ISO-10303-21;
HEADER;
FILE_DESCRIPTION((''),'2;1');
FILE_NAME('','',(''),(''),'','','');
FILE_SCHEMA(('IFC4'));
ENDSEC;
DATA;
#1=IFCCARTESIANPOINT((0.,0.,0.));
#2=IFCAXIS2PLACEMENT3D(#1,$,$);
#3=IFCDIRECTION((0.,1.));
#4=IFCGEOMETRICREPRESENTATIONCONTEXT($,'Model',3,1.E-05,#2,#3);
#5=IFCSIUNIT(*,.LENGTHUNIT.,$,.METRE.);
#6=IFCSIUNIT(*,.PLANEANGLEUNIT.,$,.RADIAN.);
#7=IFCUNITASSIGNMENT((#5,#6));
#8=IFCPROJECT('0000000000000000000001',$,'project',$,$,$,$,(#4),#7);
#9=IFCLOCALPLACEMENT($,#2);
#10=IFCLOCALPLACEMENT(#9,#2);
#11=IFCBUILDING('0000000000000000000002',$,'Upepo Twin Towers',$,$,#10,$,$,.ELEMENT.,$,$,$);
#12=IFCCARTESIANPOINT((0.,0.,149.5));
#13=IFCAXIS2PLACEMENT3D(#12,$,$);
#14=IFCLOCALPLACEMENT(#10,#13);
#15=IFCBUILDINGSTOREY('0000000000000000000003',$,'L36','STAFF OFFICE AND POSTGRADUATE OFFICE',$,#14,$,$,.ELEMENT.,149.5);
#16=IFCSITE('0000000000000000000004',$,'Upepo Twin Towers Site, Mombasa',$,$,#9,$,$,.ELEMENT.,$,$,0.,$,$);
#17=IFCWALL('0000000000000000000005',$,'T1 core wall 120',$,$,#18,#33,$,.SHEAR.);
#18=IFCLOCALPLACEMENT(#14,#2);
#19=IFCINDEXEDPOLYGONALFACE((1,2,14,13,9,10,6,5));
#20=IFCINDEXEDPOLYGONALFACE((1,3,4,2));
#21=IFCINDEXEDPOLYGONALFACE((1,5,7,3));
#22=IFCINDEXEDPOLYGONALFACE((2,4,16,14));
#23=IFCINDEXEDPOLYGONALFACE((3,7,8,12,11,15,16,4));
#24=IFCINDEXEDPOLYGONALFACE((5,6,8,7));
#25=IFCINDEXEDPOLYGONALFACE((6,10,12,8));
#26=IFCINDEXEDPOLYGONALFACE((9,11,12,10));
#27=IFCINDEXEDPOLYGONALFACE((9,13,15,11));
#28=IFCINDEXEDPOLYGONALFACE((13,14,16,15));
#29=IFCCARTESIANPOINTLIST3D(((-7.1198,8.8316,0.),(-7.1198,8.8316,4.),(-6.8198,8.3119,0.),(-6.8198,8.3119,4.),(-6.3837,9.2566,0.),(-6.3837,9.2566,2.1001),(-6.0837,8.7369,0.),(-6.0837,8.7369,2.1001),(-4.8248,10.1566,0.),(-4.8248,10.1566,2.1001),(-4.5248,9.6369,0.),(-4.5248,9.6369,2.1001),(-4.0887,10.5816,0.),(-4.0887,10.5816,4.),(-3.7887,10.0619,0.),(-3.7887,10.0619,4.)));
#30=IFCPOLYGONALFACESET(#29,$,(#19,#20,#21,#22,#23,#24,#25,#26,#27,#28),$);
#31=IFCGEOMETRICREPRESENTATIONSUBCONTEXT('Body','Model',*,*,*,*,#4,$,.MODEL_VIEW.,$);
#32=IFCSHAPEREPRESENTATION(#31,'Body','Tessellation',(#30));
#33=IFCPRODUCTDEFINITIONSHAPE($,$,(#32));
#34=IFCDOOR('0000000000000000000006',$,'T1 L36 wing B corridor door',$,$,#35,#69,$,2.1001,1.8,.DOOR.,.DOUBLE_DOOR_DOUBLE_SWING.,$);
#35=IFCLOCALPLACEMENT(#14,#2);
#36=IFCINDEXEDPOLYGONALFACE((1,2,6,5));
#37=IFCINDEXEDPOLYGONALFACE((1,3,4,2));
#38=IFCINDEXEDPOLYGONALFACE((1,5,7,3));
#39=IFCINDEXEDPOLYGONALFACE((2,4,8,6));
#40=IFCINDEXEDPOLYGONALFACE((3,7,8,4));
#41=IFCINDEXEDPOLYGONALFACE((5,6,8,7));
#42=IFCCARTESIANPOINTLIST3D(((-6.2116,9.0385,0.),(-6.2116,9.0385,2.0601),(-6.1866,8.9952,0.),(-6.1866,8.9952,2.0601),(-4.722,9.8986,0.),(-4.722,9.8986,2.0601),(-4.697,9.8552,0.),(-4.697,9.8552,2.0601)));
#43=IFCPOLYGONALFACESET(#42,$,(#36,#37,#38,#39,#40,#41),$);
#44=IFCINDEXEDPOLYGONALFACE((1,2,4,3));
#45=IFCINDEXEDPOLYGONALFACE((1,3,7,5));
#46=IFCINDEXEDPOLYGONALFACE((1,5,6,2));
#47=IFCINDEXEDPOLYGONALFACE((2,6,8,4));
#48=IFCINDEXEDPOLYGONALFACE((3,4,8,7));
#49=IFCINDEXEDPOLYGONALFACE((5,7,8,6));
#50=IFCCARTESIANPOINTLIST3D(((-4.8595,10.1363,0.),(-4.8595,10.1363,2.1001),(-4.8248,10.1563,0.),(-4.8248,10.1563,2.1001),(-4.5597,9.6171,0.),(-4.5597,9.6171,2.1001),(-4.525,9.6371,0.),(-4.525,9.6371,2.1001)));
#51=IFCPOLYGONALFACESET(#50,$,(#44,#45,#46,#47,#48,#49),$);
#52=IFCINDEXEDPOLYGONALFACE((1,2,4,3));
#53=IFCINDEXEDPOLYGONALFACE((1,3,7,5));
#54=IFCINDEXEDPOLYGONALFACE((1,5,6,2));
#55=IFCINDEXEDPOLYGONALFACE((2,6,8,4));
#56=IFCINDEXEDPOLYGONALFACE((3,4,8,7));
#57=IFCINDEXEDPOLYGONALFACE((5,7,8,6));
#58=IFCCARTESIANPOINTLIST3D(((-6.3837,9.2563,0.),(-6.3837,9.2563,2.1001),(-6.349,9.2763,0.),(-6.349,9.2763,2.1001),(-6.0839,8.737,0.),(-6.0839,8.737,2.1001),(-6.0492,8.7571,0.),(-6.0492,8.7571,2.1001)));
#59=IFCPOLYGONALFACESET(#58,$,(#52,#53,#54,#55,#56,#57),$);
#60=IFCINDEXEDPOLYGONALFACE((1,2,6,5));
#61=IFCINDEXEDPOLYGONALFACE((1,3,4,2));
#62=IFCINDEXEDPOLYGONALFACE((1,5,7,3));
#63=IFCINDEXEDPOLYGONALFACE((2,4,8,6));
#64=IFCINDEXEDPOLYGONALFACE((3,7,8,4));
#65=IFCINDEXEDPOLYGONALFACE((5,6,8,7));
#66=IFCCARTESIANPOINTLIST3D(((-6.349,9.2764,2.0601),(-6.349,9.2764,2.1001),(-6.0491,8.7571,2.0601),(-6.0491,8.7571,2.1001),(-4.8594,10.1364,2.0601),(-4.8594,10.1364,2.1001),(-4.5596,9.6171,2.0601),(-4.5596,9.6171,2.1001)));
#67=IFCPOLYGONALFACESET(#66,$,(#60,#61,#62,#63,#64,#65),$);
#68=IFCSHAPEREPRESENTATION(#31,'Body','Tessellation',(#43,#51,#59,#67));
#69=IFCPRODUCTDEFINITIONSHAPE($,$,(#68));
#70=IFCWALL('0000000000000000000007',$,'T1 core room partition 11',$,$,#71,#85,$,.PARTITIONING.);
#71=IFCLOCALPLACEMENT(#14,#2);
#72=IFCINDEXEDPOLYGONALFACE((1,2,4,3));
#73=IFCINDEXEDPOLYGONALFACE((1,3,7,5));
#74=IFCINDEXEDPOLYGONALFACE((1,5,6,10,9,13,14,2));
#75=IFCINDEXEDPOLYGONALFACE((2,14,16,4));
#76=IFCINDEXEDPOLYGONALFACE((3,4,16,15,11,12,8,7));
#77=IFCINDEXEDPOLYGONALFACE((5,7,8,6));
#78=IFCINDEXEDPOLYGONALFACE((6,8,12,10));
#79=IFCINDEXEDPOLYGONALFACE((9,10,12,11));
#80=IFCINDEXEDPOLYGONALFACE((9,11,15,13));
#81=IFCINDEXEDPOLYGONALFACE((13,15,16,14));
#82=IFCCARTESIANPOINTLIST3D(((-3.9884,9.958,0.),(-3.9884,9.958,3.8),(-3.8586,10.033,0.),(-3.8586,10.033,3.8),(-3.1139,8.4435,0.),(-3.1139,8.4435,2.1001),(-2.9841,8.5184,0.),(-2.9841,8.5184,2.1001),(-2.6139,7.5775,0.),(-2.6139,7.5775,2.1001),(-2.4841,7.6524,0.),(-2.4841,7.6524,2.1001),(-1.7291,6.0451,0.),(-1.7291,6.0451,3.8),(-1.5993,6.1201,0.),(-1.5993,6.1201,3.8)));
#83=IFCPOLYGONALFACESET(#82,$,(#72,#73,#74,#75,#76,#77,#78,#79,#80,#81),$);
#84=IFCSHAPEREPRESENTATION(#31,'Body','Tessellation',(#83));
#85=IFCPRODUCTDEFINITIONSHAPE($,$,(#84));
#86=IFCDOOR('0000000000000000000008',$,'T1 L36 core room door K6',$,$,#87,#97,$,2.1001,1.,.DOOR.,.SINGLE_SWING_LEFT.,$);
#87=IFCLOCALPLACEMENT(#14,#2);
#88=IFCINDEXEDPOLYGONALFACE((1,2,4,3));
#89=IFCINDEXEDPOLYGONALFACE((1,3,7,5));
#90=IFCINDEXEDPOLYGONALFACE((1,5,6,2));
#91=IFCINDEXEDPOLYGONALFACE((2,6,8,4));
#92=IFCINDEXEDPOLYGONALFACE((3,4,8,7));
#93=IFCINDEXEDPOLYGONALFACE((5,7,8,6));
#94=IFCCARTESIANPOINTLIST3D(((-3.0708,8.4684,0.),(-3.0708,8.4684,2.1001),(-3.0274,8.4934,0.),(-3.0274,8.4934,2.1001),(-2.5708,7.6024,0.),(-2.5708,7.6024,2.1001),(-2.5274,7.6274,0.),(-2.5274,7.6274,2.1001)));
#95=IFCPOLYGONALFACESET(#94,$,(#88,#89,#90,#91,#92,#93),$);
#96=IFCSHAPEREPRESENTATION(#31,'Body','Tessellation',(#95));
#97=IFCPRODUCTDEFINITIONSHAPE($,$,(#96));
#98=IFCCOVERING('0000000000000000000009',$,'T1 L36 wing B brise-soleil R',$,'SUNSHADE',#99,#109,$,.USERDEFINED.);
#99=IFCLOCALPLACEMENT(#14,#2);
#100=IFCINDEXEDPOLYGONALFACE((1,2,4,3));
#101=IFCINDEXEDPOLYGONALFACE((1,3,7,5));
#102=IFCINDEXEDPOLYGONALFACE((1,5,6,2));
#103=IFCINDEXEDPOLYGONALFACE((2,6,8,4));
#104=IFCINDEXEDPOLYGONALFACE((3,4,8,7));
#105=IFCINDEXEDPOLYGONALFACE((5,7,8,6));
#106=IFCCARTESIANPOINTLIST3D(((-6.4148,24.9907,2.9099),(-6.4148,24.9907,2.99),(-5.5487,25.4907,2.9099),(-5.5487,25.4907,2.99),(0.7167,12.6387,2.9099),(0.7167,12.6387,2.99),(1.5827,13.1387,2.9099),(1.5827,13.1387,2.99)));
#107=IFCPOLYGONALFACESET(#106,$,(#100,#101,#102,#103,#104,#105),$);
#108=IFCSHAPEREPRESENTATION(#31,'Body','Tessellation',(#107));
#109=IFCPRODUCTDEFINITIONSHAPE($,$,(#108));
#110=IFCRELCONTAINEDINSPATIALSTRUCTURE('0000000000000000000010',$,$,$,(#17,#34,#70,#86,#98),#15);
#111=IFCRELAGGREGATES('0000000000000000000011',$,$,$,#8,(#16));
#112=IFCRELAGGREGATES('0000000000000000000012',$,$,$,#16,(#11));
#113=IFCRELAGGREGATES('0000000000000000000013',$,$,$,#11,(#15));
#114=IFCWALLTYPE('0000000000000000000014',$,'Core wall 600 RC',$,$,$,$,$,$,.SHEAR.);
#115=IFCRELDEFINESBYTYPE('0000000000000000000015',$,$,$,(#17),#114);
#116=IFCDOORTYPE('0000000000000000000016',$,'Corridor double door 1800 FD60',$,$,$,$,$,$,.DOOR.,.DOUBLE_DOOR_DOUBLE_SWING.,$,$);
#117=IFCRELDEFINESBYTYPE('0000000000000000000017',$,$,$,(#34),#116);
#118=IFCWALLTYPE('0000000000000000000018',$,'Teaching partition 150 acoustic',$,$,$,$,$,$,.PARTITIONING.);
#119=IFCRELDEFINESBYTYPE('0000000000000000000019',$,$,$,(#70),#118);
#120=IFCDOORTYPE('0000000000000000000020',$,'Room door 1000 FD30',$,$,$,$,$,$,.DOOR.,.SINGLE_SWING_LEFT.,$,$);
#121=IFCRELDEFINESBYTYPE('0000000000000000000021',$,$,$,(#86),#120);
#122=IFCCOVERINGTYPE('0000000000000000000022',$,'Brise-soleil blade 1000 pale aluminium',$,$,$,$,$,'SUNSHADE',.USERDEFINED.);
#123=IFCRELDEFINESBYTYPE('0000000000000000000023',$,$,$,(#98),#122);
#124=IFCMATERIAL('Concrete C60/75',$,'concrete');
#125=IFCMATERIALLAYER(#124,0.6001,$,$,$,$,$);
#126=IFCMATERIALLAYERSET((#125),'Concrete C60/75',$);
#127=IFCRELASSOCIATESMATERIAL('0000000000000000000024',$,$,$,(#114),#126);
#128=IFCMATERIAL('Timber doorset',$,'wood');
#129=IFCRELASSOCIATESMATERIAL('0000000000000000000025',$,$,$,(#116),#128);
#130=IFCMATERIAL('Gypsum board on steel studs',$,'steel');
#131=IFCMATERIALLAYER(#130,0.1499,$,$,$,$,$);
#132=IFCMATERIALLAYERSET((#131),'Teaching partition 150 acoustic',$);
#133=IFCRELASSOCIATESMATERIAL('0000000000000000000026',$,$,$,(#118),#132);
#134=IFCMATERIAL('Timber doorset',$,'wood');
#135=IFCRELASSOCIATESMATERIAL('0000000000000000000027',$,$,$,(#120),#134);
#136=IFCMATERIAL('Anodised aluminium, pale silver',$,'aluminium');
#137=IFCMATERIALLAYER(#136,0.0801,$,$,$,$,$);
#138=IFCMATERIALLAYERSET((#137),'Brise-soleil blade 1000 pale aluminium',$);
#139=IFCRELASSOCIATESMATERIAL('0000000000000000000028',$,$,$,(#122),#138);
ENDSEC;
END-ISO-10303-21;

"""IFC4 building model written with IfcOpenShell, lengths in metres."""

from ifc_helpers import new_model, si_unit, direction, frame, frame_2d, origin, origin_2d, place, context, subcontext, project, spatial, rectangle, extrude, material, layer, layer_set, type_object, element, fill, save


model = new_model("IFC4")

# Units and contexts
model_context = context("Model", 3, precision=1e-05, world=origin(), true_north=direction((0.0, 1.0)))
body_context = subcontext(model_context, "Body", "Model", "MODEL_VIEW")
ifc_project = project(units=[si_unit("LENGTHUNIT", "METRE"), si_unit("PLANEANGLEUNIT", "RADIAN")], contexts=[model_context])

# Site, building, storey
site_placement = place(None, origin())
site = spatial("IfcSite", under=ifc_project, at=site_placement, Name="Upepo Twin Towers Site, Mombasa", CompositionType="ELEMENT", RefElevation=0.0)
building_placement = place(site_placement, origin())
building = spatial("IfcBuilding", under=site, at=building_placement, Name="Upepo Twin Towers", CompositionType="ELEMENT")
storey_placement = place(building_placement, frame((0.0, 0.0, 149.5)))
storey = spatial("IfcBuildingStorey", under=building, at=storey_placement, Name="L36", Description="STAFF OFFICE AND POSTGRADUATE OFFICE", CompositionType="ELEMENT", Elevation=149.5)

# Shared definitions
ifc_material_1 = material(Name="Concrete C60/75", Category="concrete")
ifc_layer_1 = layer(ifc_material_1, 0.6001)
ifc_layer_set_1 = layer_set([ifc_layer_1], Name="Concrete C60/75")
wall_type_1 = type_object("IfcWallType", Name="Core wall 600 RC", PredefinedType="SHEAR", material=ifc_layer_set_1)

# Walls, openings, doors
wall_1_placement = place(storey_placement, frame((-3.9387, 10.3218, 0.0), z_axis=(0.0, 0.0, 1.0), x_axis=(-0.866019, -0.50001, 0.0)))
wall_1 = element("IfcWall", 1, at=wall_1_placement, inside=storey, type_object=wall_type_1, Name="T1 core wall 120", PredefinedType="SHEAR", context=body_context, shape_type="SweptSolid", body=[
    extrude(rectangle(XDim=3.5, YDim=0.6001, at=frame_2d((1.75, 0.0))), origin(), (0.0, 0.0, 1.0), 4.0),
])
opening_1_placement = place(wall_1_placement, frame((0.8501, 0.0, 0.0)))
opening_1 = element("IfcOpeningElement", 2, at=opening_1_placement, cuts=wall_1, PredefinedType="OPENING", context=body_context, shape_type="SweptSolid", body=[
    extrude(rectangle(XDim=1.8, YDim=2.1001, at=frame_2d((0.8999, 1.05))), frame((0.0, 0.3101, 0.0), z_axis=(0.0, -1.0, 0.0), x_axis=(1.0, 0.0, 0.0)), (0.0, 0.0, 1.0), 0.6201),
])
ifc_material_2 = material(Name="Timber doorset", Category="wood")
door_type_1 = type_object("IfcDoorType", Name="Corridor double door 1800 FD60", OperationType="DOUBLE_DOOR_DOUBLE_SWING", PredefinedType="DOOR", material=ifc_material_2)
door_1_placement = place(opening_1_placement, origin())
door_1 = element("IfcDoor", 3, at=door_1_placement, inside=storey, type_object=door_type_1, Name="T1 L36 wing B corridor door", OperationType="DOUBLE_DOOR_DOUBLE_SWING", OverallHeight=2.1001, OverallWidth=1.8, PredefinedType="DOOR", context=body_context, shape_type="SweptSolid", body=[
    extrude(rectangle(XDim=1.72, YDim=2.0601, at=frame_2d((0.8999, 1.03))), frame((0.0, 0.0249, 0.0), z_axis=(0.0, -1.0, 0.0), x_axis=(1.0, 0.0, 0.0)), (0.0, 0.0, 1.0), 0.05),
    extrude(rectangle(XDim=0.04, YDim=2.1001, at=frame_2d((0.02, 1.05))), frame((0.0, 0.2998, 0.0), z_axis=(0.0, -1.0, 0.0), x_axis=(1.0, 0.0, 0.0)), (0.0, 0.0, 1.0), 0.5996),
    extrude(rectangle(XDim=0.04, YDim=2.1001, at=frame_2d((1.78, 1.05))), frame((0.0, 0.2998, 0.0), z_axis=(0.0, -1.0, 0.0), x_axis=(1.0, 0.0, 0.0)), (0.0, 0.0, 1.0), 0.5996),
    extrude(rectangle(XDim=1.72, YDim=0.04, at=frame_2d((0.8999, 2.0801))), frame((0.0, 0.2998, 0.0), z_axis=(0.0, -1.0, 0.0), x_axis=(1.0, 0.0, 0.0)), (0.0, 0.0, 1.0), 0.5996),
])
fill(opening_1, door_1)
ifc_material_3 = material(Name="Gypsum board on steel studs", Category="steel")
ifc_layer_2 = layer(ifc_material_3, 0.1499)
ifc_layer_set_2 = layer_set([ifc_layer_2], Name="Teaching partition 150 acoustic")
wall_type_2 = type_object("IfcWallType", Name="Teaching partition 150 acoustic", PredefinedType="PARTITIONING", material=ifc_layer_set_2)
wall_2_placement = place(storey_placement, frame((-3.9236, 9.9956, 0.0), z_axis=(0.0, 0.0, 1.0), x_axis=(0.500033, -0.866007, 0.0)))
wall_2 = element("IfcWall", 4, at=wall_2_placement, inside=storey, type_object=wall_type_2, Name="T1 core room partition 11", PredefinedType="PARTITIONING", context=body_context, shape_type="SweptSolid", body=[
    extrude(rectangle(XDim=4.5183, YDim=0.1499, at=frame_2d((2.2593, 0.0))), origin(), (0.0, 0.0, 1.0), 3.8),
])
opening_2_placement = place(wall_2_placement, frame((1.749, 0.0, 0.0)))
opening_2 = element("IfcOpeningElement", 5, at=opening_2_placement, cuts=wall_2, PredefinedType="OPENING", context=body_context, shape_type="SweptSolid", body=[
    extrude(rectangle(XDim=1.0, YDim=2.1001, at=frame_2d((0.5, 1.05))), frame((0.0, 0.085, 0.0), z_axis=(0.0, -1.0, 0.0), x_axis=(1.0, 0.0, 0.0)), (0.0, 0.0, 1.0), 0.1699),
])
ifc_material_4 = material(Name="Timber doorset", Category="wood")
door_type_2 = type_object("IfcDoorType", Name="Room door 1000 FD30", OperationType="SINGLE_SWING_LEFT", PredefinedType="DOOR", material=ifc_material_4)
door_2_placement = place(opening_2_placement, origin())
door_2 = element("IfcDoor", 6, at=door_2_placement, inside=storey, type_object=door_type_2, Name="T1 L36 core room door K6", OperationType="SINGLE_SWING_LEFT", OverallHeight=2.1001, OverallWidth=1.0, PredefinedType="DOOR", context=body_context, shape_type="SweptSolid", body=[
    extrude(rectangle(XDim=1.0, YDim=2.1001, at=frame_2d((0.5, 1.05))), frame((0.0, 0.0249, 0.0), z_axis=(0.0, -1.0, 0.0), x_axis=(1.0, 0.0, 0.0)), (0.0, 0.0, 1.0), 0.05),
])
fill(opening_2, door_2)

# Covering
ifc_material_5 = material(Name="Anodised aluminium, pale silver", Category="aluminium")
ifc_layer_3 = layer(ifc_material_5, 0.0801)
ifc_layer_set_3 = layer_set([ifc_layer_3], Name="Brise-soleil blade 1000 pale aluminium")
covering_type = type_object("IfcCoveringType", Name="Brise-soleil blade 1000 pale aluminium", ElementType="SUNSHADE", PredefinedType="USERDEFINED", material=ifc_layer_set_3)
covering_placement = place(storey_placement, frame((-2.416, 19.0647, 2.9099), z_axis=(0.0, 0.0, 1.0), x_axis=(-0.5, 0.866025, 0.0)))
element("IfcCovering", 7, at=covering_placement, inside=storey, type_object=covering_type, Name="T1 L36 wing B brise-soleil R", ObjectType="SUNSHADE", PredefinedType="USERDEFINED", context=body_context, shape_type="SweptSolid", body=[
    extrude(rectangle(XDim=14.2629, YDim=1.0, at=origin_2d()), origin(), (0.0, 0.0, 1.0), 0.0801),
])

save(model, "model.ifc")
